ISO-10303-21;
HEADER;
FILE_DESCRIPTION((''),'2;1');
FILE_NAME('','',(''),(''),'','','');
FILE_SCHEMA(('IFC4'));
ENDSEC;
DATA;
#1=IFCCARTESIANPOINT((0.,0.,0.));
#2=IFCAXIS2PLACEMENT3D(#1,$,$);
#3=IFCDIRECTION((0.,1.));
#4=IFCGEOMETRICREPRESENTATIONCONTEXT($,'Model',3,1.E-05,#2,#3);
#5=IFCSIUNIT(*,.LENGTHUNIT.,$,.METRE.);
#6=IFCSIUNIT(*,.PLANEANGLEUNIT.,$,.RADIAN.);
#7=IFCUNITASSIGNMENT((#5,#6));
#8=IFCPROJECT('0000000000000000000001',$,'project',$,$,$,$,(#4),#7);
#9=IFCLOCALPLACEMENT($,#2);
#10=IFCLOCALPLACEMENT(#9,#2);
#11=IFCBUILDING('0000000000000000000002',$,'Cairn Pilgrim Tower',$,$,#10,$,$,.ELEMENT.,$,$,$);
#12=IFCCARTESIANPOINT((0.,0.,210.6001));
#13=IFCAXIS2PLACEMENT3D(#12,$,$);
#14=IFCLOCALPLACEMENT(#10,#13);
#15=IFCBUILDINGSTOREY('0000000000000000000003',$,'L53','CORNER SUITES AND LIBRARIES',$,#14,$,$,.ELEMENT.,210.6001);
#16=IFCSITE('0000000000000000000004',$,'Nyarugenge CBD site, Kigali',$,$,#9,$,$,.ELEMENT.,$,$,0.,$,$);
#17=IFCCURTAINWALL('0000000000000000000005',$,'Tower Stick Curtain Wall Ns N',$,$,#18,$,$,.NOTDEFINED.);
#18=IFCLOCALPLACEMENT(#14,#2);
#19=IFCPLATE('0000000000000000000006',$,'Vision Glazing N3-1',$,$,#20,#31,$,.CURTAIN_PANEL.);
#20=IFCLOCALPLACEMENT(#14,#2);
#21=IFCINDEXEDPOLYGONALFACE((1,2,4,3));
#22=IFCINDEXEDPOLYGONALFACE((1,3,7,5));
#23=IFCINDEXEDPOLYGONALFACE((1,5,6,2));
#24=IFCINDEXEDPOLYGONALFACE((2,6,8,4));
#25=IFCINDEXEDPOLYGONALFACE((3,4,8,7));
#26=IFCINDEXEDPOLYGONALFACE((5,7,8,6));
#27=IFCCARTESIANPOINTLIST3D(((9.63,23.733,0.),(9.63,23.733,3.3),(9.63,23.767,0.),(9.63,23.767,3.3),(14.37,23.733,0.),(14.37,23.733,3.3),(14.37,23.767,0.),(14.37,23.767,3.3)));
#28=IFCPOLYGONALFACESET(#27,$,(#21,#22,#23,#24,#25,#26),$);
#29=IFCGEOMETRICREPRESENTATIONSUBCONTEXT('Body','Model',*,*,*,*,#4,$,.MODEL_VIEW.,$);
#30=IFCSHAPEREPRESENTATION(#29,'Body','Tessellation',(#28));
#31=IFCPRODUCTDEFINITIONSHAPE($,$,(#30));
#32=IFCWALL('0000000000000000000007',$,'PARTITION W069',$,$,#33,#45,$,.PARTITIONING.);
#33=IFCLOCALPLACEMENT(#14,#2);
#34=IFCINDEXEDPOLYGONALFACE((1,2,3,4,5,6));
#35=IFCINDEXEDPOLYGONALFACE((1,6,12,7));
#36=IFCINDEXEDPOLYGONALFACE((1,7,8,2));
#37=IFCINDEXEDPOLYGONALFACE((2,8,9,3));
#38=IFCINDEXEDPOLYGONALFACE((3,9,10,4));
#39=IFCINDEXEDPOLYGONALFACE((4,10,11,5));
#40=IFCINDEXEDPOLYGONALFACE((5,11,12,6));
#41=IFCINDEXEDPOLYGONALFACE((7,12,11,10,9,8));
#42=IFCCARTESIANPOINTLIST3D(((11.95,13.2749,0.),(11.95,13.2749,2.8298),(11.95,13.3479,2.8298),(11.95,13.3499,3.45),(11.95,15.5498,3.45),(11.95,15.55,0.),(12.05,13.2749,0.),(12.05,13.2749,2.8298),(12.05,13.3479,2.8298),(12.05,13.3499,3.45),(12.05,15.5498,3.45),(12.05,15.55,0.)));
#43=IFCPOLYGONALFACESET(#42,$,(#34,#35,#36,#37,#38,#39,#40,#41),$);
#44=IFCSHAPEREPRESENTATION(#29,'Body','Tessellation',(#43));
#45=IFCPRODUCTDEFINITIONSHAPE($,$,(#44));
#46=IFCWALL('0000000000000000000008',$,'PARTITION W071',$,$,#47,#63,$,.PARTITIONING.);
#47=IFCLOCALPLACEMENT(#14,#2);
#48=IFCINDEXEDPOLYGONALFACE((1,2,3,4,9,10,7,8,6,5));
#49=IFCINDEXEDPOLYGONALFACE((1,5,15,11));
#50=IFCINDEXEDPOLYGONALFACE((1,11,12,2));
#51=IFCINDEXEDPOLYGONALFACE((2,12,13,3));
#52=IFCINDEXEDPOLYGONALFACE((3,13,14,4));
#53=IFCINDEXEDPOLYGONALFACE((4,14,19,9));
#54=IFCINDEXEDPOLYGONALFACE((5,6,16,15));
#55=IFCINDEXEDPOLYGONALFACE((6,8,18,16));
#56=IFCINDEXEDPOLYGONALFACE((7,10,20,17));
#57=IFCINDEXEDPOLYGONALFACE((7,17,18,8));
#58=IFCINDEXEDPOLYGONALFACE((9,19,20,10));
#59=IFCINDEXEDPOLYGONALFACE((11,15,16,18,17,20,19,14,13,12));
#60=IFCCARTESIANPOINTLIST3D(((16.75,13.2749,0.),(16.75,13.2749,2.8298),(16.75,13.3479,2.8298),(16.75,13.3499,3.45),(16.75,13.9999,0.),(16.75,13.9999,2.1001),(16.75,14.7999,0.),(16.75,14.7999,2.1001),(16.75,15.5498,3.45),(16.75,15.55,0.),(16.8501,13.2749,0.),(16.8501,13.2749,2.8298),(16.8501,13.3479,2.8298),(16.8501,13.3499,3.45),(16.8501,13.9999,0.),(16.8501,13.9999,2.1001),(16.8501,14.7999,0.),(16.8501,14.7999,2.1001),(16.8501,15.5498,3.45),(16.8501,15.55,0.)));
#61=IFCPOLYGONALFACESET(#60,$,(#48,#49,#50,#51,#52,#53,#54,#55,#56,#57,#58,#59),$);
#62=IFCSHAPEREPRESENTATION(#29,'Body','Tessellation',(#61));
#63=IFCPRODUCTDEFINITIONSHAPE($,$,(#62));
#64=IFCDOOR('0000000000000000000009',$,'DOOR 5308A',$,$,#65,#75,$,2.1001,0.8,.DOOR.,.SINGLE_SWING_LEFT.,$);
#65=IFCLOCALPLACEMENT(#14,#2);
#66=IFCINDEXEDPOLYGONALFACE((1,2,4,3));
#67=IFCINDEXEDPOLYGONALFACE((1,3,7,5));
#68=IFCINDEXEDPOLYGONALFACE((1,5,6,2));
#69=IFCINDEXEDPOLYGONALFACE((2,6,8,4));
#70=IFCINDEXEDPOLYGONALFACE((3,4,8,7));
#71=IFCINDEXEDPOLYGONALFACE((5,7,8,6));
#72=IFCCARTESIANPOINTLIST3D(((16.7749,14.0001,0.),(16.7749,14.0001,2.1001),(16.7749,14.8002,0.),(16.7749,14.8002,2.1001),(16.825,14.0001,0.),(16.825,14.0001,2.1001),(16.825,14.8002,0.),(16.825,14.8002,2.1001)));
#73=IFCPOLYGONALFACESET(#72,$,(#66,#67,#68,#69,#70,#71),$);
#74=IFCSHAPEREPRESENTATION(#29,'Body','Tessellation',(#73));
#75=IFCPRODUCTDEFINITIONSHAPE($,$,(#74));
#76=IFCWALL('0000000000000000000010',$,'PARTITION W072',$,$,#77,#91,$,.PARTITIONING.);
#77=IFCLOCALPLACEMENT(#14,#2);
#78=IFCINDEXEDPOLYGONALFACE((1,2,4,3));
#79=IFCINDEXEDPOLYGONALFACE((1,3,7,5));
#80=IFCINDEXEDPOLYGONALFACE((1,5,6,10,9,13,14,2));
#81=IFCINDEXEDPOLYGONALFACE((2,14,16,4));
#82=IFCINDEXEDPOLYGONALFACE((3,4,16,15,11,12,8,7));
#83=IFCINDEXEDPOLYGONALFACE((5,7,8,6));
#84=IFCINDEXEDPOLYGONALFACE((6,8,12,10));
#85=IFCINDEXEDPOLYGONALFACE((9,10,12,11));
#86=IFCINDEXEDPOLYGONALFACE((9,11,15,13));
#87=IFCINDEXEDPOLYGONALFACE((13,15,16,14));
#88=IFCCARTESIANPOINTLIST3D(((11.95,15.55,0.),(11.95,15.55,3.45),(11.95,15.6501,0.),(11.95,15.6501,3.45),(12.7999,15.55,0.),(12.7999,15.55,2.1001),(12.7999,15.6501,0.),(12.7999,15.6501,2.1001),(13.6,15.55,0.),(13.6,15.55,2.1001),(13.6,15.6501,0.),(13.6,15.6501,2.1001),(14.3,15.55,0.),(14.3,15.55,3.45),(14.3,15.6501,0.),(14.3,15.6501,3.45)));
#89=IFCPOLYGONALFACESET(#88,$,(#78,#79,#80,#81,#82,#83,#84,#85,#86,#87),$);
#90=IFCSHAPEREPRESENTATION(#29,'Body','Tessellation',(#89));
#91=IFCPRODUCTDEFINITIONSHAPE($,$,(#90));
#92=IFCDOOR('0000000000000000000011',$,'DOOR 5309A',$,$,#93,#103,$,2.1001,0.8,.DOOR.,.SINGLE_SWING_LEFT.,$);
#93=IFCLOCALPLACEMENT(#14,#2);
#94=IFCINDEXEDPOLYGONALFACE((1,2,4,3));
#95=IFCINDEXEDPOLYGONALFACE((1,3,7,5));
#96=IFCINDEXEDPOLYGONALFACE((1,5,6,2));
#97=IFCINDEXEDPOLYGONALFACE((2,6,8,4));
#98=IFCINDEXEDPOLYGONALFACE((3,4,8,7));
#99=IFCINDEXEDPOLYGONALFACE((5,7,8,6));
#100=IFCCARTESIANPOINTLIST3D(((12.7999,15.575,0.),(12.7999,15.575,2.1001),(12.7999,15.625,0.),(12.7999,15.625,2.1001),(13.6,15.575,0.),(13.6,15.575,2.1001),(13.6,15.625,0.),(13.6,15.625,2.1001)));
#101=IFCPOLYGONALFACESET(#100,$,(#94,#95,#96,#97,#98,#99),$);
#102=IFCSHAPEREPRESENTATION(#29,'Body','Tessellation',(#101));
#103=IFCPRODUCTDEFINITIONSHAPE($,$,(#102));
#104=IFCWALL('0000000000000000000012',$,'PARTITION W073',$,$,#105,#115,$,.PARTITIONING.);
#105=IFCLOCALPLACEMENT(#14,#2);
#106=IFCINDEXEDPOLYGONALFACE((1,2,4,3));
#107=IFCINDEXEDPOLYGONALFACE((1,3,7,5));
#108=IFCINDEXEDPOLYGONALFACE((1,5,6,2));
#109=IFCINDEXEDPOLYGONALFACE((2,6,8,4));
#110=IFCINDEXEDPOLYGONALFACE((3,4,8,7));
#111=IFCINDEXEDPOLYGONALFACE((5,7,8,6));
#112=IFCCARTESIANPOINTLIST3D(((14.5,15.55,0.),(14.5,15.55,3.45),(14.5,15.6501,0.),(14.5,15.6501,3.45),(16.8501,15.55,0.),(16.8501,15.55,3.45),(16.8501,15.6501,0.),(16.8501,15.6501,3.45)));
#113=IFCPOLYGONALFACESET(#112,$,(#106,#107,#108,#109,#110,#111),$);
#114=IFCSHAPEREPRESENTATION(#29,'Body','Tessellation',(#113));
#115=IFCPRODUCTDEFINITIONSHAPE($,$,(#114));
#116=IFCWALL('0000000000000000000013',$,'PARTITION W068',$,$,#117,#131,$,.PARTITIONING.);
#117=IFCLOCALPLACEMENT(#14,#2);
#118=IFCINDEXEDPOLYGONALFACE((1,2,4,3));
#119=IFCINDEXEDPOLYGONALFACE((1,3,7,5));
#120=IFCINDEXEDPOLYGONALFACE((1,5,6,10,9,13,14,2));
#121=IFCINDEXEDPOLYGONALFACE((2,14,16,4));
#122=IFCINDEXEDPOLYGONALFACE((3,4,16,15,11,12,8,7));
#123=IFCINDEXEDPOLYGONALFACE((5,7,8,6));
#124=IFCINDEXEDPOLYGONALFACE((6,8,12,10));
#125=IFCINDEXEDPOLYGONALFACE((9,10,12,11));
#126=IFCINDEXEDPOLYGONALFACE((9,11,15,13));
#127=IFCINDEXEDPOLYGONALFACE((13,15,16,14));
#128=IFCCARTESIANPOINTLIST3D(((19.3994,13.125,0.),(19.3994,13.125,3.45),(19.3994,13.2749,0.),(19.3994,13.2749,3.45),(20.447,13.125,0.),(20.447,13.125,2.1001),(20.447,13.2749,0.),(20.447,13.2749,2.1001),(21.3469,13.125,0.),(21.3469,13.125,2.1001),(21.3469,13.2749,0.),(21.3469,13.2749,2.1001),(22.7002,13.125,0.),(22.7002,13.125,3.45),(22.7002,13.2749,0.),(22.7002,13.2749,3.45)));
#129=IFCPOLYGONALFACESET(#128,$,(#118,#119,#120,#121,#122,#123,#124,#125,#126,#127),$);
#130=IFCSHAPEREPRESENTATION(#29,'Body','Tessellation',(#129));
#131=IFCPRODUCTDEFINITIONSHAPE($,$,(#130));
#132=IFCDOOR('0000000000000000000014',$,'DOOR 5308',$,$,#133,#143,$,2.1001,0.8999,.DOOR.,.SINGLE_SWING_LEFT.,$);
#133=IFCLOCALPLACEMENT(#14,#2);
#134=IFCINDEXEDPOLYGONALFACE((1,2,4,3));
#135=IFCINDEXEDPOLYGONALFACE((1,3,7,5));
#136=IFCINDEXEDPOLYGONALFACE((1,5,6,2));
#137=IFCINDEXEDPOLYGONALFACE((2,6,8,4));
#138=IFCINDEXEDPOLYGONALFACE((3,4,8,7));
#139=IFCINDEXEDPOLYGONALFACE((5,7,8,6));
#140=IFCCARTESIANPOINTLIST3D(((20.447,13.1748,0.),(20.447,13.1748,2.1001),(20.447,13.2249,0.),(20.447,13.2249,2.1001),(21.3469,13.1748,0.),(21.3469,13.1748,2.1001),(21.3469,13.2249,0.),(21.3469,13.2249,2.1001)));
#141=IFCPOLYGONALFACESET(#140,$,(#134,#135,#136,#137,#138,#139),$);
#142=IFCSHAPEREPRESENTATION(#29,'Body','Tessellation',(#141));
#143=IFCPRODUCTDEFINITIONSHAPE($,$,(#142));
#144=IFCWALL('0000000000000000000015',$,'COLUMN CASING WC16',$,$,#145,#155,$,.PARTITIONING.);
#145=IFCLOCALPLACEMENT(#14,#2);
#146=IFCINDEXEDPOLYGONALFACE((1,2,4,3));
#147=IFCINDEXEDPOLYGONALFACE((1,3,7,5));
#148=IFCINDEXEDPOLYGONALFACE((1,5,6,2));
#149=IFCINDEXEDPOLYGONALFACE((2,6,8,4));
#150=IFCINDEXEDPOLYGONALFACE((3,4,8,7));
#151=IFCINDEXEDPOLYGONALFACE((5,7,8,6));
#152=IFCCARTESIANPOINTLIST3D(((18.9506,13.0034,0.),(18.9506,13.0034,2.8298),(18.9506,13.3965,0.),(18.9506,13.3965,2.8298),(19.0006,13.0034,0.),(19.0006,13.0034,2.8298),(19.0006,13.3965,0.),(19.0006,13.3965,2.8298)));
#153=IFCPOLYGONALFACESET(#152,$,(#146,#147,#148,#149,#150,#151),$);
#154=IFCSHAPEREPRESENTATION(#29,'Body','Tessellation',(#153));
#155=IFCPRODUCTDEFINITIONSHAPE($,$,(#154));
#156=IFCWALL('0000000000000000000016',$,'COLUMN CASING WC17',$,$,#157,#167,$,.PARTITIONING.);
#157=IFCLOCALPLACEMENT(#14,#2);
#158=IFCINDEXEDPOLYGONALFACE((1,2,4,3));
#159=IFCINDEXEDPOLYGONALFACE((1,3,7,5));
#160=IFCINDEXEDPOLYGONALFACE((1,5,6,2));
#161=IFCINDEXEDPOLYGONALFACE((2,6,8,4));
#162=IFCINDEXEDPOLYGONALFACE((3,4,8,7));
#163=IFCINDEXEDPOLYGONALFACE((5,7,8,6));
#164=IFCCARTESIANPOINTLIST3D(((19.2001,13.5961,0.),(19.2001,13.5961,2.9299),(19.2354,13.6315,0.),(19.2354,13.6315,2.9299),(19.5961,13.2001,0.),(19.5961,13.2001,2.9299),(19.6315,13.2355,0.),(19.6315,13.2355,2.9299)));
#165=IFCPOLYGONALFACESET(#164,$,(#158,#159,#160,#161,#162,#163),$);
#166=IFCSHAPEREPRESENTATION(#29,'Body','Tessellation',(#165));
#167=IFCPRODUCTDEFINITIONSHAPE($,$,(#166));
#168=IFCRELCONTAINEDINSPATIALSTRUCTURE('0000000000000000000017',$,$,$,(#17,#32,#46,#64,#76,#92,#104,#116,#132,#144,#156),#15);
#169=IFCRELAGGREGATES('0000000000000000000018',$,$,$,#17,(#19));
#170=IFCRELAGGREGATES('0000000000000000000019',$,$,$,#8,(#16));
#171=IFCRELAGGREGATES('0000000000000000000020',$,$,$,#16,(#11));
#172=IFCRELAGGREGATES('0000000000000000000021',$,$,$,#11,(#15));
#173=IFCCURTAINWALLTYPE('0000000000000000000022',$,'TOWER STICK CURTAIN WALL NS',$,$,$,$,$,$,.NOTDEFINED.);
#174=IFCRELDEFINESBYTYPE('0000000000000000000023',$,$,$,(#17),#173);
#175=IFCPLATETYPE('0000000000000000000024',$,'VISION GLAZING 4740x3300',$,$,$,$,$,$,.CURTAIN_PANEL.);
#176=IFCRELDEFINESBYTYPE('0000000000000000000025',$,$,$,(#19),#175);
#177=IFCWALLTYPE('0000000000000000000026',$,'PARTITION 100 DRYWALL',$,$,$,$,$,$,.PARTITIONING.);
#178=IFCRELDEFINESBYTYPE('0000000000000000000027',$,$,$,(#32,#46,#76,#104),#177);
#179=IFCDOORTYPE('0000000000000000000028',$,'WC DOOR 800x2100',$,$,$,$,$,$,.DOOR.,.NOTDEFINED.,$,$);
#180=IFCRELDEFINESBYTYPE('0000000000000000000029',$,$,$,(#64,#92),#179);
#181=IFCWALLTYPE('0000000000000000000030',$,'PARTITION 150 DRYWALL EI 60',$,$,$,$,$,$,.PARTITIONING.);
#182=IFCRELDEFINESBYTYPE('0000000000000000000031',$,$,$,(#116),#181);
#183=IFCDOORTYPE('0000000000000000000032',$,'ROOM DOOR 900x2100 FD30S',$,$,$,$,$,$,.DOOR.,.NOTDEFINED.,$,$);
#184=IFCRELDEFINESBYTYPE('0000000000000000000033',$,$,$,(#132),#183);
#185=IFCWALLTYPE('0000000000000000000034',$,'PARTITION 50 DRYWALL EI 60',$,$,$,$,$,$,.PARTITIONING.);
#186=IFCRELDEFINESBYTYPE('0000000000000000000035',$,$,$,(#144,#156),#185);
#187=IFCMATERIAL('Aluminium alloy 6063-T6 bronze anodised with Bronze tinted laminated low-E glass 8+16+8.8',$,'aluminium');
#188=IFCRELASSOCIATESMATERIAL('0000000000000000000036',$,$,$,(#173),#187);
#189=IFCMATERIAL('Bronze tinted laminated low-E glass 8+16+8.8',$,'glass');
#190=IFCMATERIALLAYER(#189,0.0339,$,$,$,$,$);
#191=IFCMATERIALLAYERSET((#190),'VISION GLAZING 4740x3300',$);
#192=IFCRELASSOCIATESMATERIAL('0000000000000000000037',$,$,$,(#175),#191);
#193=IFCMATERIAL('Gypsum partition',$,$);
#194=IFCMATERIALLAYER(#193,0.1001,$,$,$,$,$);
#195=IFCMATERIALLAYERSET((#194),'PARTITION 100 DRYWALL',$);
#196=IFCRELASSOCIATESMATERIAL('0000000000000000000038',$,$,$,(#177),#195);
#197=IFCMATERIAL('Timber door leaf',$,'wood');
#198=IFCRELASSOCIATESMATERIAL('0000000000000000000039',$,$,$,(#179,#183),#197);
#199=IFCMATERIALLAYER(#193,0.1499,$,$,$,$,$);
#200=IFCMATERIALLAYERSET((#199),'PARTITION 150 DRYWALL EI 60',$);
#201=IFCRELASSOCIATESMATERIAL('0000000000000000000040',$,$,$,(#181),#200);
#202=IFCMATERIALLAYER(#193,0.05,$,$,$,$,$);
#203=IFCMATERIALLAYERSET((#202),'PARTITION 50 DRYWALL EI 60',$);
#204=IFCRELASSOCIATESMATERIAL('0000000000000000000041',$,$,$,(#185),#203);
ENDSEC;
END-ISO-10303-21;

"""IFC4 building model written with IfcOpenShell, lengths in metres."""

from ifc_helpers import new_model, si_unit, direction, frame, frame_2d, origin, origin_2d, place, context, subcontext, project, spatial, polyline, rectangle, outline, extrude, material, layer, layer_set, type_object, element, fill, aggregate, save


model = new_model("IFC4")

# Units and contexts
model_context = context("Model", 3, precision=1e-05, world=origin(), true_north=direction((0.0, 1.0)))
body_context = subcontext(model_context, "Body", "Model", "MODEL_VIEW")
ifc_project = project(units=[si_unit("LENGTHUNIT", "METRE"), si_unit("PLANEANGLEUNIT", "RADIAN")], contexts=[model_context])

# Site, building, storey
site_placement = place(None, origin())
site = spatial("IfcSite", under=ifc_project, at=site_placement, Name="Nyarugenge CBD site, Kigali", CompositionType="ELEMENT", RefElevation=0.0)
building_placement = place(site_placement, origin())
building = spatial("IfcBuilding", under=site, at=building_placement, Name="Cairn Pilgrim Tower", CompositionType="ELEMENT")
storey_placement = place(building_placement, frame((0.0, 0.0, 210.6001)))
storey = spatial("IfcBuildingStorey", under=building, at=storey_placement, Name="L53", Description="CORNER SUITES AND LIBRARIES", CompositionType="ELEMENT", Elevation=210.6001)

# Curtain wall
ifc_material_1 = material(Name="Aluminium alloy 6063-T6 bronze anodised with Bronze tinted laminated low-E glass 8+16+8.8", Category="aluminium")
curtain_wall_type = type_object("IfcCurtainWallType", Name="TOWER STICK CURTAIN WALL NS", PredefinedType="NOTDEFINED", material=ifc_material_1)
curtain_wall_placement = place(storey_placement, origin())
curtain_wall = element("IfcCurtainWall", 1, at=curtain_wall_placement, inside=storey, type_object=curtain_wall_type, Name="Tower Stick Curtain Wall Ns N", PredefinedType="NOTDEFINED")

# Plate
ifc_material_2 = material(Name="Bronze tinted laminated low-E glass 8+16+8.8", Category="glass")
ifc_layer_1 = layer(ifc_material_2, 0.0339)
ifc_layer_set_1 = layer_set([ifc_layer_1], Name="VISION GLAZING 4740x3300")
plate_type = type_object("IfcPlateType", Name="VISION GLAZING 4740x3300", PredefinedType="CURTAIN_PANEL", material=ifc_layer_set_1)
plate_1_placement = place(storey_placement, frame((12.0, 23.75, 0.0), z_axis=(0.0, 0.0, 1.0), x_axis=(-1.0, 0.0, 0.0)))
plate_1 = element("IfcPlate", 2, at=plate_1_placement, type_object=plate_type, Name="Vision Glazing N3-1", PredefinedType="CURTAIN_PANEL", context=body_context, shape_type="SweptSolid", body=[
    extrude(rectangle(XDim=4.74, YDim=0.0339, at=origin_2d()), origin(), (0.0, 0.0, 1.0), 3.3),
])
aggregate(curtain_wall, [plate_1])

# Wall
ifc_material_3 = material(Name="Gypsum partition")
ifc_layer_2 = layer(ifc_material_3, 0.1001)
ifc_layer_set_2 = layer_set([ifc_layer_2], Name="PARTITION 100 DRYWALL")
wall_type_1 = type_object("IfcWallType", Name="PARTITION 100 DRYWALL", PredefinedType="PARTITIONING", material=ifc_layer_set_2)
wall_1_placement = place(storey_placement, frame((12.0, 13.2749, 0.0), z_axis=(0.0, 0.0, 1.0), x_axis=(0.0, 1.0, 0.0)))
element("IfcWall", 3, at=wall_1_placement, inside=storey, type_object=wall_type_1, Name="PARTITION W069", PredefinedType="PARTITIONING", context=body_context, shape_type="SweptSolid", body=[
    extrude(outline(polyline([(0.0, 0.0), (2.2751, 0.0), (2.2749, 3.45), (0.075, 3.45), (0.073, 2.8298), (0.0, 2.8298), (0.0, 0.0)])), frame((0.0, 0.05, 0.0), z_axis=(0.0, -1.0, 0.0), x_axis=(1.0, 0.0, 0.0)), (0.0, 0.0, 1.0), 0.1001),
])

# Walls, openings, doors
wall_2_placement = place(storey_placement, frame((16.8, 13.2749, 0.0), z_axis=(0.0, 0.0, 1.0), x_axis=(0.0, 1.0, 0.0)))
wall_2 = element("IfcWall", 4, at=wall_2_placement, inside=storey, type_object=wall_type_1, Name="PARTITION W071", PredefinedType="PARTITIONING", context=body_context, shape_type="SweptSolid", body=[
    extrude(outline(polyline([(0.0, 0.0), (2.2751, 0.0), (2.2749, 3.45), (0.075, 3.45), (0.073, 2.8298), (0.0, 2.8298), (0.0, 0.0)])), frame((0.0, 0.05, 0.0), z_axis=(0.0, -1.0, 0.0), x_axis=(1.0, 0.0, 0.0)), (0.0, 0.0, 1.0), 0.1001),
])
opening_1_placement = place(wall_2_placement, frame((0.7251, 0.0, 0.0)))
opening_1 = element("IfcOpeningElement", 5, at=opening_1_placement, cuts=wall_2, PredefinedType="OPENING", context=body_context, shape_type="SweptSolid", body=[
    extrude(rectangle(XDim=0.8, YDim=2.1001, at=frame_2d((0.3999, 1.05))), frame((0.0, 0.0601, 0.0), z_axis=(0.0, -1.0, 0.0), x_axis=(1.0, 0.0, 0.0)), (0.0, 0.0, 1.0), 0.1201),
])
ifc_material_4 = material(Name="Timber door leaf", Category="wood")
door_type_1 = type_object("IfcDoorType", Name="WC DOOR 800x2100", OperationType="NOTDEFINED", PredefinedType="DOOR", material=ifc_material_4)
door_1_placement = place(opening_1_placement, frame((0.8, 0.0, 0.0), z_axis=(0.0, 0.0, 1.0), x_axis=(-1.0, 0.0, 0.0)))
door_1 = element("IfcDoor", 6, at=door_1_placement, inside=storey, type_object=door_type_1, Name="DOOR 5308A", OperationType="SINGLE_SWING_LEFT", OverallHeight=2.1001, OverallWidth=0.8, PredefinedType="DOOR", context=body_context, shape_type="SweptSolid", body=[
    extrude(rectangle(XDim=0.8, YDim=2.1001, at=frame_2d((0.3999, 1.05))), frame((0.0, 0.0249, 0.0), z_axis=(0.0, -1.0, 0.0), x_axis=(1.0, 0.0, 0.0)), (0.0, 0.0, 1.0), 0.05),
])
fill(opening_1, door_1)
wall_3_placement = place(storey_placement, frame((11.95, 15.6001, 0.0), z_axis=(0.0, 0.0, 1.0), x_axis=(1.0, 0.0, 0.0)))
wall_3 = element("IfcWall", 7, at=wall_3_placement, inside=storey, type_object=wall_type_1, Name="PARTITION W072", PredefinedType="PARTITIONING", context=body_context, shape_type="SweptSolid", body=[
    extrude(rectangle(XDim=2.3501, YDim=0.1001, at=frame_2d((1.175, 0.0))), origin(), (0.0, 0.0, 1.0), 3.45),
])
opening_2_placement = place(wall_3_placement, frame((0.8501, 0.0, 0.0)))
opening_2 = element("IfcOpeningElement", 8, at=opening_2_placement, cuts=wall_3, PredefinedType="OPENING", context=body_context, shape_type="SweptSolid", body=[
    extrude(rectangle(XDim=0.8, YDim=2.1001, at=frame_2d((0.3999, 1.05))), frame((0.0, 0.0601, 0.0), z_axis=(0.0, -1.0, 0.0), x_axis=(1.0, 0.0, 0.0)), (0.0, 0.0, 1.0), 0.1201),
])
door_2_placement = place(opening_2_placement, origin())
door_2 = element("IfcDoor", 9, at=door_2_placement, inside=storey, type_object=door_type_1, Name="DOOR 5309A", OperationType="SINGLE_SWING_LEFT", OverallHeight=2.1001, OverallWidth=0.8, PredefinedType="DOOR", context=body_context, shape_type="SweptSolid", body=[
    extrude(rectangle(XDim=0.8, YDim=2.1001, at=frame_2d((0.3999, 1.05))), frame((0.0, 0.0249, 0.0), z_axis=(0.0, -1.0, 0.0), x_axis=(1.0, 0.0, 0.0)), (0.0, 0.0, 1.0), 0.05),
])
fill(opening_2, door_2)

# Wall
wall_4_placement = place(storey_placement, frame((14.5, 15.6001, 0.0), z_axis=(0.0, 0.0, 1.0), x_axis=(1.0, 0.0, 0.0)))
element("IfcWall", 10, at=wall_4_placement, inside=storey, type_object=wall_type_1, Name="PARTITION W073", PredefinedType="PARTITIONING", context=body_context, shape_type="SweptSolid", body=[
    extrude(rectangle(XDim=2.3501, YDim=0.1001, at=frame_2d((1.175, 0.0))), origin(), (0.0, 0.0, 1.0), 3.45),
])

# Wall, opening, door
ifc_layer_3 = layer(ifc_material_3, 0.1499)
ifc_layer_set_3 = layer_set([ifc_layer_3], Name="PARTITION 150 DRYWALL EI 60")
wall_type_2 = type_object("IfcWallType", Name="PARTITION 150 DRYWALL EI 60", PredefinedType="PARTITIONING", material=ifc_layer_set_3)
wall_5_placement = place(storey_placement, frame((19.3994, 13.2, 0.0), z_axis=(0.0, 0.0, 1.0), x_axis=(1.0, 0.0, 0.0)))
wall_5 = element("IfcWall", 11, at=wall_5_placement, inside=storey, type_object=wall_type_2, Name="PARTITION W068", PredefinedType="PARTITIONING", context=body_context, shape_type="SweptSolid", body=[
    extrude(rectangle(XDim=3.3008, YDim=0.1499, at=frame_2d((1.6504, 0.0))), origin(), (0.0, 0.0, 1.0), 3.45),
])
opening_3_placement = place(wall_5_placement, frame((1.0476, 0.0, 0.0)))
opening_3 = element("IfcOpeningElement", 12, at=opening_3_placement, cuts=wall_5, PredefinedType="OPENING", context=body_context, shape_type="SweptSolid", body=[
    extrude(rectangle(XDim=0.8999, YDim=2.1001, at=frame_2d((0.45, 1.05))), frame((0.0, 0.085, 0.0), z_axis=(0.0, -1.0, 0.0), x_axis=(1.0, 0.0, 0.0)), (0.0, 0.0, 1.0), 0.1699),
])
door_type_2 = type_object("IfcDoorType", Name="ROOM DOOR 900x2100 FD30S", OperationType="NOTDEFINED", PredefinedType="DOOR", material=ifc_material_4)
door_3_placement = place(opening_3_placement, origin())
door_3 = element("IfcDoor", 13, at=door_3_placement, inside=storey, type_object=door_type_2, Name="DOOR 5308", OperationType="SINGLE_SWING_LEFT", OverallHeight=2.1001, OverallWidth=0.8999, PredefinedType="DOOR", context=body_context, shape_type="SweptSolid", body=[
    extrude(rectangle(XDim=0.8999, YDim=2.1001, at=frame_2d((0.45, 1.05))), frame((0.0, 0.0249, 0.0), z_axis=(0.0, -1.0, 0.0), x_axis=(1.0, 0.0, 0.0)), (0.0, 0.0, 1.0), 0.05),
])
fill(opening_3, door_3)

# Walls
ifc_layer_4 = layer(ifc_material_3, 0.05)
ifc_layer_set_4 = layer_set([ifc_layer_4], Name="PARTITION 50 DRYWALL EI 60")
wall_type_3 = type_object("IfcWallType", Name="PARTITION 50 DRYWALL EI 60", PredefinedType="PARTITIONING", material=ifc_layer_set_4)
wall_6_placement = place(storey_placement, frame((18.9756, 13.0034, 0.0), z_axis=(0.0, 0.0, 1.0), x_axis=(0.0, 1.0, 0.0)))
element("IfcWall", 14, at=wall_6_placement, inside=storey, type_object=wall_type_3, Name="COLUMN CASING WC16", PredefinedType="PARTITIONING", context=body_context, shape_type="SweptSolid", body=[
    extrude(rectangle(XDim=0.3931, YDim=0.05, at=frame_2d((0.1965, 0.0))), origin(), (0.0, 0.0, 1.0), 2.8298),
])
wall_7_placement = place(storey_placement, frame((19.6138, 13.2178, 0.0), z_axis=(0.0, 0.0, 1.0), x_axis=(-0.707107, 0.707107, 0.0)))
element("IfcWall", 15, at=wall_7_placement, inside=storey, type_object=wall_type_3, Name="COLUMN CASING WC17", PredefinedType="PARTITIONING", context=body_context, shape_type="SweptSolid", body=[
    extrude(rectangle(XDim=0.5601, YDim=0.05, at=frame_2d((0.28, 0.0))), origin(), (0.0, 0.0, 1.0), 2.9299),
])

save(model, "model.ifc")
